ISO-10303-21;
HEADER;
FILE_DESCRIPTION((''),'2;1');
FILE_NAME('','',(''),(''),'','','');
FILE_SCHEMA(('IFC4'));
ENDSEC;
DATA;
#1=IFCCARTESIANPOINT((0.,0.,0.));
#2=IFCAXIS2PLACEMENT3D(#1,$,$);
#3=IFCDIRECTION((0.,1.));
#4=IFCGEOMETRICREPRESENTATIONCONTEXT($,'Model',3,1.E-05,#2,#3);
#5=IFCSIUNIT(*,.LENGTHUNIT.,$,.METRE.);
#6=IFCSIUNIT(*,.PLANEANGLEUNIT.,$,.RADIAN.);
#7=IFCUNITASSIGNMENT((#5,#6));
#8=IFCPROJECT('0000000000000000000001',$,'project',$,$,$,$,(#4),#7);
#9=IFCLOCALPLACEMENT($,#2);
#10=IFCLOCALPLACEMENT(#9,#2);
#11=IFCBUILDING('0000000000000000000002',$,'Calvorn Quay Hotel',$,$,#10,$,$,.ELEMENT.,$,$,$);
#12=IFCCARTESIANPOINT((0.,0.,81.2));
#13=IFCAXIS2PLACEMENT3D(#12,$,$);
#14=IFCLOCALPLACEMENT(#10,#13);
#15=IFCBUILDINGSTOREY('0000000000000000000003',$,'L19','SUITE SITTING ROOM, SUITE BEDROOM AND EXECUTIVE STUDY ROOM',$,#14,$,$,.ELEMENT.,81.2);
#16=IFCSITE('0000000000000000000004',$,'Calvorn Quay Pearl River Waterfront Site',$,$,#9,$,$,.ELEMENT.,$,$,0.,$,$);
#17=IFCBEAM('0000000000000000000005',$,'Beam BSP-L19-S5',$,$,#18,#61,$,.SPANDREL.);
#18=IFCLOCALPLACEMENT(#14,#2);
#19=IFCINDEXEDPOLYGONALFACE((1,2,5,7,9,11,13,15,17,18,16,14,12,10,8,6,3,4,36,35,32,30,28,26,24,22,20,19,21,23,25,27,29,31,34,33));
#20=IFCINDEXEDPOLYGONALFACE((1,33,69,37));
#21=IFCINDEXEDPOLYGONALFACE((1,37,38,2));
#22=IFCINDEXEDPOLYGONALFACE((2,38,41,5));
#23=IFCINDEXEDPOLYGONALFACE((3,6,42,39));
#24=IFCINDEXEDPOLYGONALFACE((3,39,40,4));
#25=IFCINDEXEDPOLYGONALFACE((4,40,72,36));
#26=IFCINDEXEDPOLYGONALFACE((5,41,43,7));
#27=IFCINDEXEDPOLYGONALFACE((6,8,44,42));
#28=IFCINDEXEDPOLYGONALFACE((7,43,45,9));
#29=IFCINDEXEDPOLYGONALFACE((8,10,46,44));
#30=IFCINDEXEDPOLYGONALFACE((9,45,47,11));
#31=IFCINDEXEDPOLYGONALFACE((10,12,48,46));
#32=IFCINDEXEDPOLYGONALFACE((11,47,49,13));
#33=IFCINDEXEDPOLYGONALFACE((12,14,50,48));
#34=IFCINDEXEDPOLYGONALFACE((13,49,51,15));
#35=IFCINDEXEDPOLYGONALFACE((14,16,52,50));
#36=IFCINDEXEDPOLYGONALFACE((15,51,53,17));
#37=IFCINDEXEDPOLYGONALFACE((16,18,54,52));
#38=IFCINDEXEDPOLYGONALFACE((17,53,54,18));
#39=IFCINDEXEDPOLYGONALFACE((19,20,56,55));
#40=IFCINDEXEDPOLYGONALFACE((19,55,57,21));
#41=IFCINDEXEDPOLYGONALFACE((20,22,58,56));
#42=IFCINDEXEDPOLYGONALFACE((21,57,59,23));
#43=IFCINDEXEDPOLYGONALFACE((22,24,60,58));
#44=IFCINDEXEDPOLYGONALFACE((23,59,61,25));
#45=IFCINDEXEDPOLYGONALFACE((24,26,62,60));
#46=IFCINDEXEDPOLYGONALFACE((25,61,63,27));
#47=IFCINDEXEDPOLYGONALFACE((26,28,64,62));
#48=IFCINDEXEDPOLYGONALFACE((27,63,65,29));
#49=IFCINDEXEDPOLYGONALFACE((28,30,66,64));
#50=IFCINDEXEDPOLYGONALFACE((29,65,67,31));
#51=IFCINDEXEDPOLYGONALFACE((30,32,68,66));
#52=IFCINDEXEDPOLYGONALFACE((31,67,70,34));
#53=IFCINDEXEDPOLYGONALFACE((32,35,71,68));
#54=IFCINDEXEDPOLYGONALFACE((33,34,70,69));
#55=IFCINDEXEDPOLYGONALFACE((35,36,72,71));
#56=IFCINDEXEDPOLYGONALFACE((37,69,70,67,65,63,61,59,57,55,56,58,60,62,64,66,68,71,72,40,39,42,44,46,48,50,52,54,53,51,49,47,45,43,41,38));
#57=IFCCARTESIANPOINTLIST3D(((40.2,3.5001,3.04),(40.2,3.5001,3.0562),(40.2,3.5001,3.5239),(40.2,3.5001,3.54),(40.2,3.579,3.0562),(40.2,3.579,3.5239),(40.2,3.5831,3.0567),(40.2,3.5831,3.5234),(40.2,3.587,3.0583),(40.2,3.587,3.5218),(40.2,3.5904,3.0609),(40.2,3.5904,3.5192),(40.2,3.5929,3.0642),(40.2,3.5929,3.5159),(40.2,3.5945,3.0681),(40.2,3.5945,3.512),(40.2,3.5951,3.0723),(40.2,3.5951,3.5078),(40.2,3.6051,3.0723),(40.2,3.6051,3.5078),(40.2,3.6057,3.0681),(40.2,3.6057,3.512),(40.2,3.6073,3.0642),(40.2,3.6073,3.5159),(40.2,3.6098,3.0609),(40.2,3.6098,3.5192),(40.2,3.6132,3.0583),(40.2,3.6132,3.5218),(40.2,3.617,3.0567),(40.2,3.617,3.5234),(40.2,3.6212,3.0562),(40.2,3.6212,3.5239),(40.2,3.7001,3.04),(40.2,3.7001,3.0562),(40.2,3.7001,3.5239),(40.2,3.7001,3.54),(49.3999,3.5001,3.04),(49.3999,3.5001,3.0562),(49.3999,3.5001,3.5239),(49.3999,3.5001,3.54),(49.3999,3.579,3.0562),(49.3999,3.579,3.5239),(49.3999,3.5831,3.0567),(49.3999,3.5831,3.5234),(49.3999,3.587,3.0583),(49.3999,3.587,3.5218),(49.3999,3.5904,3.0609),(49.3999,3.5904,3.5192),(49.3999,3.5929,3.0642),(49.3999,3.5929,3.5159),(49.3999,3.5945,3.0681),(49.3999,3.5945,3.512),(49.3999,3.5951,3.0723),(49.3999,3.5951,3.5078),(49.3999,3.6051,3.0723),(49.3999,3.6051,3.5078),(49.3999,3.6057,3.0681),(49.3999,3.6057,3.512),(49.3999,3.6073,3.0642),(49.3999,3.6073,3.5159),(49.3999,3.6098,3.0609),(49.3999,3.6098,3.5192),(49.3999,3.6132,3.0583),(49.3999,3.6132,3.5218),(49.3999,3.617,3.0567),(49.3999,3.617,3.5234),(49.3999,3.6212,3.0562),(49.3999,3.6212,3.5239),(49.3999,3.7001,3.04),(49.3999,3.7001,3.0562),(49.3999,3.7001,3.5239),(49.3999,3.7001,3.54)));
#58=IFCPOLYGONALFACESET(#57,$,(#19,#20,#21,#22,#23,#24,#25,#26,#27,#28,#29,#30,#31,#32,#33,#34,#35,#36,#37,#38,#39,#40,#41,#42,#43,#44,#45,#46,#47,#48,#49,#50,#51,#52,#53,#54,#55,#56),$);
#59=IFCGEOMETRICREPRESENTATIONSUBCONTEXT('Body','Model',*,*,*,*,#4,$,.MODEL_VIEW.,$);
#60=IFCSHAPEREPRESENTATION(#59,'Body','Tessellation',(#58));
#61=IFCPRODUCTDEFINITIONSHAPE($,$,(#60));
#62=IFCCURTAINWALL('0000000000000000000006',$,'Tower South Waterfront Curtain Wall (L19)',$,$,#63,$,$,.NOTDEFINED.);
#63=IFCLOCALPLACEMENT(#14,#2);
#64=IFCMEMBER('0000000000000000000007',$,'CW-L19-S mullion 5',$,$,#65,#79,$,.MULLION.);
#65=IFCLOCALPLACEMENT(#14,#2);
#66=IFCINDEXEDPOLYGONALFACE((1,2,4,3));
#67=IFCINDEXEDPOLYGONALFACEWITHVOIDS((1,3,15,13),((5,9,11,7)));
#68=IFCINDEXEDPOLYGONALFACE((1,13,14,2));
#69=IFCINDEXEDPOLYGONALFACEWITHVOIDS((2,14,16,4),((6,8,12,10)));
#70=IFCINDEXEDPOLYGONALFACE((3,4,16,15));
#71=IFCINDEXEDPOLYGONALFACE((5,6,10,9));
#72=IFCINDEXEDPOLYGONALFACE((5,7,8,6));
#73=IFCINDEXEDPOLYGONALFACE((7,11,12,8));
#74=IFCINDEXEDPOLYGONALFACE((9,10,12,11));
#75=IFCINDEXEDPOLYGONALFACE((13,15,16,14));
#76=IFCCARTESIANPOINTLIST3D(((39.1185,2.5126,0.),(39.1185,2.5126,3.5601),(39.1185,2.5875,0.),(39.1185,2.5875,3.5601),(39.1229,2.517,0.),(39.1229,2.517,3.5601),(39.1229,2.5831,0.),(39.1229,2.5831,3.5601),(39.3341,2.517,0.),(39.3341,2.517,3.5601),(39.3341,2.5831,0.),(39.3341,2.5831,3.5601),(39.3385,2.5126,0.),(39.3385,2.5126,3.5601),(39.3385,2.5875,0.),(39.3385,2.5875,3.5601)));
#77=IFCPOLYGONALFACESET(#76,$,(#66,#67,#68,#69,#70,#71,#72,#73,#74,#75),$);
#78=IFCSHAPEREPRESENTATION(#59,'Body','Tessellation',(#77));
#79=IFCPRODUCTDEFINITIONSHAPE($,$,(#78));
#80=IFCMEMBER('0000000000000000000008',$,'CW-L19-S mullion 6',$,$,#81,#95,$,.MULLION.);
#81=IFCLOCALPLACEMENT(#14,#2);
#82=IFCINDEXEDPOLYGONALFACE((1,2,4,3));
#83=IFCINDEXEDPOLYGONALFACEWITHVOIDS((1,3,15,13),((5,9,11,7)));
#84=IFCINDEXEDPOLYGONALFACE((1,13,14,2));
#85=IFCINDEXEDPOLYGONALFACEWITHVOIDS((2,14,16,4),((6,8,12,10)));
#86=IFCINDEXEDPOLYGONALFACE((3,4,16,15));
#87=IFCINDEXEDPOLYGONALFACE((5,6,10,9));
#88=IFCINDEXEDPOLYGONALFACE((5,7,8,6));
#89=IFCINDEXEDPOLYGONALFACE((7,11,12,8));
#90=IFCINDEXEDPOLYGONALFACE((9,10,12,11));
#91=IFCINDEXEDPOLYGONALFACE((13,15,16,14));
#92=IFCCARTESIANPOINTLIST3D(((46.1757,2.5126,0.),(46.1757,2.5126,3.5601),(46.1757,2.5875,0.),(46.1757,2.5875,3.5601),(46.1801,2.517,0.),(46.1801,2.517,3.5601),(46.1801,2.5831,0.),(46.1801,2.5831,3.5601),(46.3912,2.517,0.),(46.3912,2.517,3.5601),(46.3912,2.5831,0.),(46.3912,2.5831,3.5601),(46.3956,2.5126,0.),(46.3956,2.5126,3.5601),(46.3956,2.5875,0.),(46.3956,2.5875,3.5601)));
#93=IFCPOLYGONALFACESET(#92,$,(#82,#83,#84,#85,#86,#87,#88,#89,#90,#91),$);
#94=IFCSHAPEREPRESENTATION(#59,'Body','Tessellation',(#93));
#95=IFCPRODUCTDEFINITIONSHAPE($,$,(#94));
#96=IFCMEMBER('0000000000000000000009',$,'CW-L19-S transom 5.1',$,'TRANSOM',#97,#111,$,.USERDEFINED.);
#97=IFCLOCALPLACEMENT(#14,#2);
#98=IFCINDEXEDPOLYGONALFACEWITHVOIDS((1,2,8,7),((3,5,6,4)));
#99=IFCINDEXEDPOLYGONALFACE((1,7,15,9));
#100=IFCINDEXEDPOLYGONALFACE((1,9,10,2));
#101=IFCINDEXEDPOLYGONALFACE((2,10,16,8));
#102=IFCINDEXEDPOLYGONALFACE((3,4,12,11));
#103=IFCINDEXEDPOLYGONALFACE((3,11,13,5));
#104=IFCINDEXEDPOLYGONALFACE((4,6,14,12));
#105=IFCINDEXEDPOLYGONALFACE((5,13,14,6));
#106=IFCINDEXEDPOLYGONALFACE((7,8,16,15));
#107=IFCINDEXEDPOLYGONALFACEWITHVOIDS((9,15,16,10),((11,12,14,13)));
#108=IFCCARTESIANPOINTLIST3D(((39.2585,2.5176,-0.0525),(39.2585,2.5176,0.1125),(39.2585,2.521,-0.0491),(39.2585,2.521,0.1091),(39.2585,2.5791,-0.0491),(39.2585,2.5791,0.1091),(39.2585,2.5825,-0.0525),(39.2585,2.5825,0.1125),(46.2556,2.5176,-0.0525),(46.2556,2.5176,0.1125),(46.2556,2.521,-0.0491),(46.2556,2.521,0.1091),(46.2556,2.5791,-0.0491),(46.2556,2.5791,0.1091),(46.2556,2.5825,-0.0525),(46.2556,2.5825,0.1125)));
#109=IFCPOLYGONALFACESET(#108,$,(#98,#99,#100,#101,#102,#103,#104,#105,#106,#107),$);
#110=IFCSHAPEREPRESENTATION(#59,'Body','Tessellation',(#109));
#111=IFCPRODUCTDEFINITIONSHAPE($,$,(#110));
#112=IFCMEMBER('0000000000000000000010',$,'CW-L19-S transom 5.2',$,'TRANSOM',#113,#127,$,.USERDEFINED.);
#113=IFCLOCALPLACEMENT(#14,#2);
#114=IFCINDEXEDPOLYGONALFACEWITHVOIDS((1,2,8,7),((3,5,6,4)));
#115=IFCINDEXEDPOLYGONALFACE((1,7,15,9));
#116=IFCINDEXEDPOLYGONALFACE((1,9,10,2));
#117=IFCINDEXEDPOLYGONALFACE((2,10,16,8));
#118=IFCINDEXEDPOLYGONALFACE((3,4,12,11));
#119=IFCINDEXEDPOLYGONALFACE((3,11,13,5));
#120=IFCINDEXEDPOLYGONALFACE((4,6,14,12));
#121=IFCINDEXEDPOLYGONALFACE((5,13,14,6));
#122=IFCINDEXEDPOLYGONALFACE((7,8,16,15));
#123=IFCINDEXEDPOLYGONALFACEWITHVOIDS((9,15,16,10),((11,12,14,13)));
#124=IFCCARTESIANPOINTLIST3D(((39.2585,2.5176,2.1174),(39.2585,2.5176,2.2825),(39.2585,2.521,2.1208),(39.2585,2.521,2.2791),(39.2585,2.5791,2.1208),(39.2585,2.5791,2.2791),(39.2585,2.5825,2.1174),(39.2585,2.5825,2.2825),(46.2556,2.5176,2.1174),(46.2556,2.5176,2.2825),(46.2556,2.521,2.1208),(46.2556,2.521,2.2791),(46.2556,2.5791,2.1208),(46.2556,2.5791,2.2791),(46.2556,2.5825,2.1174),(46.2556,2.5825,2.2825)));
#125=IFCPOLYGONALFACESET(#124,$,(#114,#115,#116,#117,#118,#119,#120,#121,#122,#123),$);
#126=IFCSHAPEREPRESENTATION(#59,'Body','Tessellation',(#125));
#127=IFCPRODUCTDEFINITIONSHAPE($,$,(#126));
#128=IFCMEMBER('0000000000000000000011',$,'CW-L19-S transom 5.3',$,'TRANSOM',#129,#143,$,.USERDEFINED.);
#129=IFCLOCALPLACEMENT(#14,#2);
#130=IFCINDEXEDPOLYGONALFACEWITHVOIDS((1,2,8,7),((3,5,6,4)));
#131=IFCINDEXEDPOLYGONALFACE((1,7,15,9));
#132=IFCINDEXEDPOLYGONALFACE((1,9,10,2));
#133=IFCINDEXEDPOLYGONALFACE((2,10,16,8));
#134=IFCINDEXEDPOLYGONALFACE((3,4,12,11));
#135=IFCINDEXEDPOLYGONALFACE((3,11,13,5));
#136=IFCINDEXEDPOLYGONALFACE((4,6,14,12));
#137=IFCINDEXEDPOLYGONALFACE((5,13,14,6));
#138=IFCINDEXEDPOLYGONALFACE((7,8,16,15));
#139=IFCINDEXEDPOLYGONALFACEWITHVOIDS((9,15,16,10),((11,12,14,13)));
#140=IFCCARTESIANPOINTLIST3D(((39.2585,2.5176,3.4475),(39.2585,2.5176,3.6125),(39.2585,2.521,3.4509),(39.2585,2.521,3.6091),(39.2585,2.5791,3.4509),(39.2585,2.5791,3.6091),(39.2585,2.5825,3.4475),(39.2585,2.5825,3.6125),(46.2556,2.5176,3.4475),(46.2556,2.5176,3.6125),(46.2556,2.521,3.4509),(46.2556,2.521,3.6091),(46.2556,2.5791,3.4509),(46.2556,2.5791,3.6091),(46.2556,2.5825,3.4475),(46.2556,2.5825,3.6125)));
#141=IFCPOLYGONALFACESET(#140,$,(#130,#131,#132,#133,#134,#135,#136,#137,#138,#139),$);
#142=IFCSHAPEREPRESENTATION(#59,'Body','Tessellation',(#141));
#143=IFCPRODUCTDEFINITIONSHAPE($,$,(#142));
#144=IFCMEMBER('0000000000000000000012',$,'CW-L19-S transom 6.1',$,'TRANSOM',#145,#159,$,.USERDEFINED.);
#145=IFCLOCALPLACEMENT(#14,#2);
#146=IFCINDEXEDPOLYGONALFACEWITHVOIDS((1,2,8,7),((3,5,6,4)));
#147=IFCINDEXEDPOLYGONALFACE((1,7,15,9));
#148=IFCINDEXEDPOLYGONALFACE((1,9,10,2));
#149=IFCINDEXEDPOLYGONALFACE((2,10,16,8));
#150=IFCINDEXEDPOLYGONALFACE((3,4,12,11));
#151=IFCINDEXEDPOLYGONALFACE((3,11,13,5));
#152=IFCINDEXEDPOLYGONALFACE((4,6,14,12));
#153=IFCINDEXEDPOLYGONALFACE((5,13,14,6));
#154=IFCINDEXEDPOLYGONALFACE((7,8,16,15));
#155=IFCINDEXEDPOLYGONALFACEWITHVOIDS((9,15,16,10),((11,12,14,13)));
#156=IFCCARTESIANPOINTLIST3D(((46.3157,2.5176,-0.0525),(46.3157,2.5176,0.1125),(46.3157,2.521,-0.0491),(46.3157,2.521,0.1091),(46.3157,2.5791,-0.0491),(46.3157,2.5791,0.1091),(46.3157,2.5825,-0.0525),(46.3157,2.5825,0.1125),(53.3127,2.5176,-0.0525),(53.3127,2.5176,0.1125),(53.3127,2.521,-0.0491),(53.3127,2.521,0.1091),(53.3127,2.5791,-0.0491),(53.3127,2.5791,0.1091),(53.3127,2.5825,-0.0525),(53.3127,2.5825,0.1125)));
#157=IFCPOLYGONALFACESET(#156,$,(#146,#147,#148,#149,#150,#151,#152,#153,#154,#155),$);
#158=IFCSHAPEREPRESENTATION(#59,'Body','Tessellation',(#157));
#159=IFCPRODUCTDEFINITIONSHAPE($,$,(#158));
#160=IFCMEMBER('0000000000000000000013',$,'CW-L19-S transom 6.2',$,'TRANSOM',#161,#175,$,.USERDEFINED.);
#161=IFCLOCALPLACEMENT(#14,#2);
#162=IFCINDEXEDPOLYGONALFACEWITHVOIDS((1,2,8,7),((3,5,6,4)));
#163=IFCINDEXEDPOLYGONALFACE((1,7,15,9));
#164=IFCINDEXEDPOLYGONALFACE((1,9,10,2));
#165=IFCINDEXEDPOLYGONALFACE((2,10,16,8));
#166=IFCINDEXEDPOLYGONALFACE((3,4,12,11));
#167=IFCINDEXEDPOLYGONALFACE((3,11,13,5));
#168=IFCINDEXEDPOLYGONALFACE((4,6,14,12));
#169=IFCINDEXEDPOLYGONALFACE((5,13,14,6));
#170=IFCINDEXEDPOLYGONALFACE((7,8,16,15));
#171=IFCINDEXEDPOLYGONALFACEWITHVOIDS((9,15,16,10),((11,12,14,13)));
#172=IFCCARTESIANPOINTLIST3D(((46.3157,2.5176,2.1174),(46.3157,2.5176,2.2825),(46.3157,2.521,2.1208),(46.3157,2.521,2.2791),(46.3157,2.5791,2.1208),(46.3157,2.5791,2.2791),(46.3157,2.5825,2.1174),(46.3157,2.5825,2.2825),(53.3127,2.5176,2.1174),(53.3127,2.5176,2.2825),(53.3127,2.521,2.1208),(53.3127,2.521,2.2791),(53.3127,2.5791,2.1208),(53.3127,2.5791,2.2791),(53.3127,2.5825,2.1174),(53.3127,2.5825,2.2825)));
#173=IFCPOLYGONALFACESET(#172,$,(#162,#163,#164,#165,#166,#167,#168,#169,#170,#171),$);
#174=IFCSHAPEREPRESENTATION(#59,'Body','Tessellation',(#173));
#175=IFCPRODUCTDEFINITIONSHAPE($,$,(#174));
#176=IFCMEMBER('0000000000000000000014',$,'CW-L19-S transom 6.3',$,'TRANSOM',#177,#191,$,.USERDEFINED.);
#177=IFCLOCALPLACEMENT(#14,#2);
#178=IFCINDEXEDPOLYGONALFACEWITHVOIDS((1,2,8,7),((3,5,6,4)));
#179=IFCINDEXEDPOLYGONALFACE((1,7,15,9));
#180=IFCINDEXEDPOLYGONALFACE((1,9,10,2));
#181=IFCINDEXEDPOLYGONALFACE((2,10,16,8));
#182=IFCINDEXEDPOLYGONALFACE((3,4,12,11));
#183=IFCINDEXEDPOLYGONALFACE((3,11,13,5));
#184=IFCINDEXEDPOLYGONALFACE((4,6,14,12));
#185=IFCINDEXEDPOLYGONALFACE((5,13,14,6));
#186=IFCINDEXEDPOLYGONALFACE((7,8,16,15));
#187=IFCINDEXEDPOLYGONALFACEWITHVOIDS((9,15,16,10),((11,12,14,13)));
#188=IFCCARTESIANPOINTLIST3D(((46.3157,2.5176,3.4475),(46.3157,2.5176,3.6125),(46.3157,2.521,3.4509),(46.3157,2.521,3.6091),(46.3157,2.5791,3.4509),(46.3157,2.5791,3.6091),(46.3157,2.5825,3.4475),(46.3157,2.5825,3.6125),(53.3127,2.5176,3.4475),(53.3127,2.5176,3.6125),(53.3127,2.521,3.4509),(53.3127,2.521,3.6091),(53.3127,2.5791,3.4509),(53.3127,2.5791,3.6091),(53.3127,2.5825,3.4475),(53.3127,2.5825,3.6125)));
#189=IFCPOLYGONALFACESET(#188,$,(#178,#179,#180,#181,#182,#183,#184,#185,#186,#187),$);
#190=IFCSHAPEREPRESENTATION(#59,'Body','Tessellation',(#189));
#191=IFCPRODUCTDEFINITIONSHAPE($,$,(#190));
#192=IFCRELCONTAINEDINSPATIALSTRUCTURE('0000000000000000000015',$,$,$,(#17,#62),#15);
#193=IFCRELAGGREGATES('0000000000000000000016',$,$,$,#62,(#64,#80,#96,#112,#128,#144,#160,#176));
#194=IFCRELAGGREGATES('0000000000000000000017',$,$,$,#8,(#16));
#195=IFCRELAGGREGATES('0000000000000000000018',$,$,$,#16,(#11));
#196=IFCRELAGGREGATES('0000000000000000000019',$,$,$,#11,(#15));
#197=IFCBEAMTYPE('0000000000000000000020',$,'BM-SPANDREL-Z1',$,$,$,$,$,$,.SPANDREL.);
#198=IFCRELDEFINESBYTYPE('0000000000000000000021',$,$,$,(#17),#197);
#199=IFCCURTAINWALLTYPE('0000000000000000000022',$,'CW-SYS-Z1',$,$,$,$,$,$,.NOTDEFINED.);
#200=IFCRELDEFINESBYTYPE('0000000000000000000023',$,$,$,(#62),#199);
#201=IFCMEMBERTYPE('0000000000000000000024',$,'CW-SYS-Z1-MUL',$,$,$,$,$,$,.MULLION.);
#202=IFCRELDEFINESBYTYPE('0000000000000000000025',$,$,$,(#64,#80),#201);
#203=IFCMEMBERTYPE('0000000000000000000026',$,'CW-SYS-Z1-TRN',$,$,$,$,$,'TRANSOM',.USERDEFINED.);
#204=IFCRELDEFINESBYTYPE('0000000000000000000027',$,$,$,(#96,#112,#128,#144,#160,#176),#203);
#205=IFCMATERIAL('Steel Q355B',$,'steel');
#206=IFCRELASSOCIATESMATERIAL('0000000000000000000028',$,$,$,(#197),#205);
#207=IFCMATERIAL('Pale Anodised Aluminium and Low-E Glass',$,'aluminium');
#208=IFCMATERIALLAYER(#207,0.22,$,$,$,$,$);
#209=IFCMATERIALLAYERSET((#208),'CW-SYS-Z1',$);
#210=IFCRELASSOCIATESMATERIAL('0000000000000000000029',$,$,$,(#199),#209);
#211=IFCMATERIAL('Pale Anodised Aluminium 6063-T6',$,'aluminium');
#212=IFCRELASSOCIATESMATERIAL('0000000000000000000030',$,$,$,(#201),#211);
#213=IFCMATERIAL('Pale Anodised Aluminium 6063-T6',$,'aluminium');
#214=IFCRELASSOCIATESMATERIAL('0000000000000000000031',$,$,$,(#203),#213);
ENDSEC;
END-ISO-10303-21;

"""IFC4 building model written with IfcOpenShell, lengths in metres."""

from ifc_helpers import new_model, si_unit, direction, frame, origin, origin_2d, place, context, subcontext, project, spatial, hollow_rectangle, i_section, extrude, material, layer, layer_set, material_profile, profile_set, type_object, element, aggregate, save


model = new_model("IFC4")

# Units and contexts
model_context = context("Model", 3, precision=1e-05, world=origin(), true_north=direction((0.0, 1.0)))
body_context = subcontext(model_context, "Body", "Model", "MODEL_VIEW")
ifc_project = project(units=[si_unit("LENGTHUNIT", "METRE"), si_unit("PLANEANGLEUNIT", "RADIAN")], contexts=[model_context])

# Site, building, storey
site_placement = place(None, origin())
site = spatial("IfcSite", under=ifc_project, at=site_placement, Name="Calvorn Quay Pearl River Waterfront Site", CompositionType="ELEMENT", RefElevation=0.0)
building_placement = place(site_placement, origin())
building = spatial("IfcBuilding", under=site, at=building_placement, Name="Calvorn Quay Hotel", CompositionType="ELEMENT")
storey_placement = place(building_placement, frame((0.0, 0.0, 81.2)))
storey = spatial("IfcBuildingStorey", under=building, at=storey_placement, Name="L19", Description="SUITE SITTING ROOM, SUITE BEDROOM AND EXECUTIVE STUDY ROOM", CompositionType="ELEMENT", Elevation=81.2)

# Beam
ifc_material_1 = material(Name="Steel Q355B", Category="steel")
ifc_material_profile_1 = material_profile(ifc_material_1, i_section(OverallWidth=0.2, OverallDepth=0.5, WebThickness=0.01, FlangeThickness=0.0161, FilletRadius=0.0161, at=origin_2d()), Name="HN500x200x10x16")
ifc_profile_set_1 = profile_set([ifc_material_profile_1], Name="Steel Q355B")
beam_type_1 = type_object("IfcBeamType", Name="BM-SPANDREL-Z1", PredefinedType="SPANDREL", material=ifc_profile_set_1)
beam_1_placement = place(storey_placement, frame((40.2, 3.6001, 3.29), z_axis=(1.0, 0.0, 0.0), x_axis=(0.0, 1.0, 0.0)))
element("IfcBeam", 1, at=beam_1_placement, inside=storey, type_object=beam_type_1, Name="Beam BSP-L19-S5", PredefinedType="SPANDREL", context=body_context, shape_type="SweptSolid", body=[
    extrude(i_section(OverallWidth=0.2, OverallDepth=0.5, WebThickness=0.01, FlangeThickness=0.0161, FilletRadius=0.0161, at=origin_2d()), origin(), (0.0, 0.0, 1.0), 9.2),
])

# Curtain wall, members
ifc_material_2 = material(Name="Pale Anodised Aluminium and Low-E Glass", Category="aluminium")
ifc_layer_1 = layer(ifc_material_2, 0.22)
ifc_layer_set_1 = layer_set([ifc_layer_1], Name="CW-SYS-Z1")
curtain_wall_type = type_object("IfcCurtainWallType", Name="CW-SYS-Z1", PredefinedType="NOTDEFINED", material=ifc_layer_set_1)
curtain_wall_placement = place(storey_placement, origin())
curtain_wall = element("IfcCurtainWall", 2, at=curtain_wall_placement, inside=storey, type_object=curtain_wall_type, Name="Tower South Waterfront Curtain Wall (L19)", PredefinedType="NOTDEFINED")
ifc_material_3 = material(Name="Pale Anodised Aluminium 6063-T6", Category="aluminium")
ifc_material_profile_2 = material_profile(ifc_material_3, hollow_rectangle(XDim=0.075, YDim=0.22, WallThickness=0.0044, at=origin_2d()), Name="ALU-M220x75x4.5")
ifc_profile_set_2 = profile_set([ifc_material_profile_2], Name="Pale Anodised Aluminium 6063-T6")
member_type_1 = type_object("IfcMemberType", Name="CW-SYS-Z1-MUL", PredefinedType="MULLION", material=ifc_profile_set_2)
member_1_placement = place(storey_placement, frame((39.2285, 2.55, 0.0), z_axis=(0.0, 0.0, 1.0), x_axis=(0.0, 1.0, 0.0)))
member_1 = element("IfcMember", 3, at=member_1_placement, type_object=member_type_1, Name="CW-L19-S mullion 5", PredefinedType="MULLION", context=body_context, shape_type="SweptSolid", body=[
    extrude(hollow_rectangle(XDim=0.075, YDim=0.22, WallThickness=0.0044, at=origin_2d()), origin(), (0.0, 0.0, 1.0), 3.5601),
])
member_2_placement = place(storey_placement, frame((46.2856, 2.55, 0.0), z_axis=(0.0, 0.0, 1.0), x_axis=(0.0, 1.0, 0.0)))
member_2 = element("IfcMember", 4, at=member_2_placement, type_object=member_type_1, Name="CW-L19-S mullion 6", PredefinedType="MULLION", context=body_context, shape_type="SweptSolid", body=[
    extrude(hollow_rectangle(XDim=0.075, YDim=0.22, WallThickness=0.0044, at=origin_2d()), origin(), (0.0, 0.0, 1.0), 3.5601),
])
ifc_material_4 = material(Name="Pale Anodised Aluminium 6063-T6", Category="aluminium")
ifc_material_profile_3 = material_profile(ifc_material_4, hollow_rectangle(XDim=0.0649, YDim=0.165, WallThickness=0.0034, at=origin_2d()), Name="ALU-T165x65x3.5")
ifc_profile_set_3 = profile_set([ifc_material_profile_3], Name="Pale Anodised Aluminium 6063-T6")
member_type_2 = type_object("IfcMemberType", Name="CW-SYS-Z1-TRN", ElementType="TRANSOM", PredefinedType="USERDEFINED", material=ifc_profile_set_3)
member_3_placement = place(storey_placement, frame((39.2585, 2.55, 0.03), z_axis=(1.0, 0.0, 0.0), x_axis=(0.0, 1.0, 0.0)))
member_3 = element("IfcMember", 5, at=member_3_placement, type_object=member_type_2, Name="CW-L19-S transom 5.1", ObjectType="TRANSOM", PredefinedType="USERDEFINED", context=body_context, shape_type="SweptSolid", body=[
    extrude(hollow_rectangle(XDim=0.0649, YDim=0.165, WallThickness=0.0034, at=origin_2d()), origin(), (0.0, 0.0, 1.0), 6.9971),
])
member_4_placement = place(storey_placement, frame((39.2585, 2.55, 2.2), z_axis=(1.0, 0.0, 0.0), x_axis=(0.0, 1.0, 0.0)))
member_4 = element("IfcMember", 6, at=member_4_placement, type_object=member_type_2, Name="CW-L19-S transom 5.2", ObjectType="TRANSOM", PredefinedType="USERDEFINED", context=body_context, shape_type="SweptSolid", body=[
    extrude(hollow_rectangle(XDim=0.0649, YDim=0.165, WallThickness=0.0034, at=origin_2d()), origin(), (0.0, 0.0, 1.0), 6.9971),
])
member_5_placement = place(storey_placement, frame((39.2585, 2.55, 3.53), z_axis=(1.0, 0.0, 0.0), x_axis=(0.0, 1.0, 0.0)))
member_5 = element("IfcMember", 7, at=member_5_placement, type_object=member_type_2, Name="CW-L19-S transom 5.3", ObjectType="TRANSOM", PredefinedType="USERDEFINED", context=body_context, shape_type="SweptSolid", body=[
    extrude(hollow_rectangle(XDim=0.0649, YDim=0.165, WallThickness=0.0034, at=origin_2d()), origin(), (0.0, 0.0, 1.0), 6.9971),
])
member_6_placement = place(storey_placement, frame((46.3157, 2.55, 0.03), z_axis=(1.0, 0.0, 0.0), x_axis=(0.0, 1.0, 0.0)))
member_6 = element("IfcMember", 8, at=member_6_placement, type_object=member_type_2, Name="CW-L19-S transom 6.1", ObjectType="TRANSOM", PredefinedType="USERDEFINED", context=body_context, shape_type="SweptSolid", body=[
    extrude(hollow_rectangle(XDim=0.0649, YDim=0.165, WallThickness=0.0034, at=origin_2d()), origin(), (0.0, 0.0, 1.0), 6.9971),
])
member_7_placement = place(storey_placement, frame((46.3157, 2.55, 2.2), z_axis=(1.0, 0.0, 0.0), x_axis=(0.0, 1.0, 0.0)))
member_7 = element("IfcMember", 9, at=member_7_placement, type_object=member_type_2, Name="CW-L19-S transom 6.2", ObjectType="TRANSOM", PredefinedType="USERDEFINED", context=body_context, shape_type="SweptSolid", body=[
    extrude(hollow_rectangle(XDim=0.0649, YDim=0.165, WallThickness=0.0034, at=origin_2d()), origin(), (0.0, 0.0, 1.0), 6.9971),
])
member_8_placement = place(storey_placement, frame((46.3157, 2.55, 3.53), z_axis=(1.0, 0.0, 0.0), x_axis=(0.0, 1.0, 0.0)))
member_8 = element("IfcMember", 10, at=member_8_placement, type_object=member_type_2, Name="CW-L19-S transom 6.3", ObjectType="TRANSOM", PredefinedType="USERDEFINED", context=body_context, shape_type="SweptSolid", body=[
    extrude(hollow_rectangle(XDim=0.0649, YDim=0.165, WallThickness=0.0034, at=origin_2d()), origin(), (0.0, 0.0, 1.0), 6.9971),
])
aggregate(curtain_wall, [member_1, member_2, member_3, member_4, member_5, member_6, member_7, member_8])

save(model, "model.ifc")
